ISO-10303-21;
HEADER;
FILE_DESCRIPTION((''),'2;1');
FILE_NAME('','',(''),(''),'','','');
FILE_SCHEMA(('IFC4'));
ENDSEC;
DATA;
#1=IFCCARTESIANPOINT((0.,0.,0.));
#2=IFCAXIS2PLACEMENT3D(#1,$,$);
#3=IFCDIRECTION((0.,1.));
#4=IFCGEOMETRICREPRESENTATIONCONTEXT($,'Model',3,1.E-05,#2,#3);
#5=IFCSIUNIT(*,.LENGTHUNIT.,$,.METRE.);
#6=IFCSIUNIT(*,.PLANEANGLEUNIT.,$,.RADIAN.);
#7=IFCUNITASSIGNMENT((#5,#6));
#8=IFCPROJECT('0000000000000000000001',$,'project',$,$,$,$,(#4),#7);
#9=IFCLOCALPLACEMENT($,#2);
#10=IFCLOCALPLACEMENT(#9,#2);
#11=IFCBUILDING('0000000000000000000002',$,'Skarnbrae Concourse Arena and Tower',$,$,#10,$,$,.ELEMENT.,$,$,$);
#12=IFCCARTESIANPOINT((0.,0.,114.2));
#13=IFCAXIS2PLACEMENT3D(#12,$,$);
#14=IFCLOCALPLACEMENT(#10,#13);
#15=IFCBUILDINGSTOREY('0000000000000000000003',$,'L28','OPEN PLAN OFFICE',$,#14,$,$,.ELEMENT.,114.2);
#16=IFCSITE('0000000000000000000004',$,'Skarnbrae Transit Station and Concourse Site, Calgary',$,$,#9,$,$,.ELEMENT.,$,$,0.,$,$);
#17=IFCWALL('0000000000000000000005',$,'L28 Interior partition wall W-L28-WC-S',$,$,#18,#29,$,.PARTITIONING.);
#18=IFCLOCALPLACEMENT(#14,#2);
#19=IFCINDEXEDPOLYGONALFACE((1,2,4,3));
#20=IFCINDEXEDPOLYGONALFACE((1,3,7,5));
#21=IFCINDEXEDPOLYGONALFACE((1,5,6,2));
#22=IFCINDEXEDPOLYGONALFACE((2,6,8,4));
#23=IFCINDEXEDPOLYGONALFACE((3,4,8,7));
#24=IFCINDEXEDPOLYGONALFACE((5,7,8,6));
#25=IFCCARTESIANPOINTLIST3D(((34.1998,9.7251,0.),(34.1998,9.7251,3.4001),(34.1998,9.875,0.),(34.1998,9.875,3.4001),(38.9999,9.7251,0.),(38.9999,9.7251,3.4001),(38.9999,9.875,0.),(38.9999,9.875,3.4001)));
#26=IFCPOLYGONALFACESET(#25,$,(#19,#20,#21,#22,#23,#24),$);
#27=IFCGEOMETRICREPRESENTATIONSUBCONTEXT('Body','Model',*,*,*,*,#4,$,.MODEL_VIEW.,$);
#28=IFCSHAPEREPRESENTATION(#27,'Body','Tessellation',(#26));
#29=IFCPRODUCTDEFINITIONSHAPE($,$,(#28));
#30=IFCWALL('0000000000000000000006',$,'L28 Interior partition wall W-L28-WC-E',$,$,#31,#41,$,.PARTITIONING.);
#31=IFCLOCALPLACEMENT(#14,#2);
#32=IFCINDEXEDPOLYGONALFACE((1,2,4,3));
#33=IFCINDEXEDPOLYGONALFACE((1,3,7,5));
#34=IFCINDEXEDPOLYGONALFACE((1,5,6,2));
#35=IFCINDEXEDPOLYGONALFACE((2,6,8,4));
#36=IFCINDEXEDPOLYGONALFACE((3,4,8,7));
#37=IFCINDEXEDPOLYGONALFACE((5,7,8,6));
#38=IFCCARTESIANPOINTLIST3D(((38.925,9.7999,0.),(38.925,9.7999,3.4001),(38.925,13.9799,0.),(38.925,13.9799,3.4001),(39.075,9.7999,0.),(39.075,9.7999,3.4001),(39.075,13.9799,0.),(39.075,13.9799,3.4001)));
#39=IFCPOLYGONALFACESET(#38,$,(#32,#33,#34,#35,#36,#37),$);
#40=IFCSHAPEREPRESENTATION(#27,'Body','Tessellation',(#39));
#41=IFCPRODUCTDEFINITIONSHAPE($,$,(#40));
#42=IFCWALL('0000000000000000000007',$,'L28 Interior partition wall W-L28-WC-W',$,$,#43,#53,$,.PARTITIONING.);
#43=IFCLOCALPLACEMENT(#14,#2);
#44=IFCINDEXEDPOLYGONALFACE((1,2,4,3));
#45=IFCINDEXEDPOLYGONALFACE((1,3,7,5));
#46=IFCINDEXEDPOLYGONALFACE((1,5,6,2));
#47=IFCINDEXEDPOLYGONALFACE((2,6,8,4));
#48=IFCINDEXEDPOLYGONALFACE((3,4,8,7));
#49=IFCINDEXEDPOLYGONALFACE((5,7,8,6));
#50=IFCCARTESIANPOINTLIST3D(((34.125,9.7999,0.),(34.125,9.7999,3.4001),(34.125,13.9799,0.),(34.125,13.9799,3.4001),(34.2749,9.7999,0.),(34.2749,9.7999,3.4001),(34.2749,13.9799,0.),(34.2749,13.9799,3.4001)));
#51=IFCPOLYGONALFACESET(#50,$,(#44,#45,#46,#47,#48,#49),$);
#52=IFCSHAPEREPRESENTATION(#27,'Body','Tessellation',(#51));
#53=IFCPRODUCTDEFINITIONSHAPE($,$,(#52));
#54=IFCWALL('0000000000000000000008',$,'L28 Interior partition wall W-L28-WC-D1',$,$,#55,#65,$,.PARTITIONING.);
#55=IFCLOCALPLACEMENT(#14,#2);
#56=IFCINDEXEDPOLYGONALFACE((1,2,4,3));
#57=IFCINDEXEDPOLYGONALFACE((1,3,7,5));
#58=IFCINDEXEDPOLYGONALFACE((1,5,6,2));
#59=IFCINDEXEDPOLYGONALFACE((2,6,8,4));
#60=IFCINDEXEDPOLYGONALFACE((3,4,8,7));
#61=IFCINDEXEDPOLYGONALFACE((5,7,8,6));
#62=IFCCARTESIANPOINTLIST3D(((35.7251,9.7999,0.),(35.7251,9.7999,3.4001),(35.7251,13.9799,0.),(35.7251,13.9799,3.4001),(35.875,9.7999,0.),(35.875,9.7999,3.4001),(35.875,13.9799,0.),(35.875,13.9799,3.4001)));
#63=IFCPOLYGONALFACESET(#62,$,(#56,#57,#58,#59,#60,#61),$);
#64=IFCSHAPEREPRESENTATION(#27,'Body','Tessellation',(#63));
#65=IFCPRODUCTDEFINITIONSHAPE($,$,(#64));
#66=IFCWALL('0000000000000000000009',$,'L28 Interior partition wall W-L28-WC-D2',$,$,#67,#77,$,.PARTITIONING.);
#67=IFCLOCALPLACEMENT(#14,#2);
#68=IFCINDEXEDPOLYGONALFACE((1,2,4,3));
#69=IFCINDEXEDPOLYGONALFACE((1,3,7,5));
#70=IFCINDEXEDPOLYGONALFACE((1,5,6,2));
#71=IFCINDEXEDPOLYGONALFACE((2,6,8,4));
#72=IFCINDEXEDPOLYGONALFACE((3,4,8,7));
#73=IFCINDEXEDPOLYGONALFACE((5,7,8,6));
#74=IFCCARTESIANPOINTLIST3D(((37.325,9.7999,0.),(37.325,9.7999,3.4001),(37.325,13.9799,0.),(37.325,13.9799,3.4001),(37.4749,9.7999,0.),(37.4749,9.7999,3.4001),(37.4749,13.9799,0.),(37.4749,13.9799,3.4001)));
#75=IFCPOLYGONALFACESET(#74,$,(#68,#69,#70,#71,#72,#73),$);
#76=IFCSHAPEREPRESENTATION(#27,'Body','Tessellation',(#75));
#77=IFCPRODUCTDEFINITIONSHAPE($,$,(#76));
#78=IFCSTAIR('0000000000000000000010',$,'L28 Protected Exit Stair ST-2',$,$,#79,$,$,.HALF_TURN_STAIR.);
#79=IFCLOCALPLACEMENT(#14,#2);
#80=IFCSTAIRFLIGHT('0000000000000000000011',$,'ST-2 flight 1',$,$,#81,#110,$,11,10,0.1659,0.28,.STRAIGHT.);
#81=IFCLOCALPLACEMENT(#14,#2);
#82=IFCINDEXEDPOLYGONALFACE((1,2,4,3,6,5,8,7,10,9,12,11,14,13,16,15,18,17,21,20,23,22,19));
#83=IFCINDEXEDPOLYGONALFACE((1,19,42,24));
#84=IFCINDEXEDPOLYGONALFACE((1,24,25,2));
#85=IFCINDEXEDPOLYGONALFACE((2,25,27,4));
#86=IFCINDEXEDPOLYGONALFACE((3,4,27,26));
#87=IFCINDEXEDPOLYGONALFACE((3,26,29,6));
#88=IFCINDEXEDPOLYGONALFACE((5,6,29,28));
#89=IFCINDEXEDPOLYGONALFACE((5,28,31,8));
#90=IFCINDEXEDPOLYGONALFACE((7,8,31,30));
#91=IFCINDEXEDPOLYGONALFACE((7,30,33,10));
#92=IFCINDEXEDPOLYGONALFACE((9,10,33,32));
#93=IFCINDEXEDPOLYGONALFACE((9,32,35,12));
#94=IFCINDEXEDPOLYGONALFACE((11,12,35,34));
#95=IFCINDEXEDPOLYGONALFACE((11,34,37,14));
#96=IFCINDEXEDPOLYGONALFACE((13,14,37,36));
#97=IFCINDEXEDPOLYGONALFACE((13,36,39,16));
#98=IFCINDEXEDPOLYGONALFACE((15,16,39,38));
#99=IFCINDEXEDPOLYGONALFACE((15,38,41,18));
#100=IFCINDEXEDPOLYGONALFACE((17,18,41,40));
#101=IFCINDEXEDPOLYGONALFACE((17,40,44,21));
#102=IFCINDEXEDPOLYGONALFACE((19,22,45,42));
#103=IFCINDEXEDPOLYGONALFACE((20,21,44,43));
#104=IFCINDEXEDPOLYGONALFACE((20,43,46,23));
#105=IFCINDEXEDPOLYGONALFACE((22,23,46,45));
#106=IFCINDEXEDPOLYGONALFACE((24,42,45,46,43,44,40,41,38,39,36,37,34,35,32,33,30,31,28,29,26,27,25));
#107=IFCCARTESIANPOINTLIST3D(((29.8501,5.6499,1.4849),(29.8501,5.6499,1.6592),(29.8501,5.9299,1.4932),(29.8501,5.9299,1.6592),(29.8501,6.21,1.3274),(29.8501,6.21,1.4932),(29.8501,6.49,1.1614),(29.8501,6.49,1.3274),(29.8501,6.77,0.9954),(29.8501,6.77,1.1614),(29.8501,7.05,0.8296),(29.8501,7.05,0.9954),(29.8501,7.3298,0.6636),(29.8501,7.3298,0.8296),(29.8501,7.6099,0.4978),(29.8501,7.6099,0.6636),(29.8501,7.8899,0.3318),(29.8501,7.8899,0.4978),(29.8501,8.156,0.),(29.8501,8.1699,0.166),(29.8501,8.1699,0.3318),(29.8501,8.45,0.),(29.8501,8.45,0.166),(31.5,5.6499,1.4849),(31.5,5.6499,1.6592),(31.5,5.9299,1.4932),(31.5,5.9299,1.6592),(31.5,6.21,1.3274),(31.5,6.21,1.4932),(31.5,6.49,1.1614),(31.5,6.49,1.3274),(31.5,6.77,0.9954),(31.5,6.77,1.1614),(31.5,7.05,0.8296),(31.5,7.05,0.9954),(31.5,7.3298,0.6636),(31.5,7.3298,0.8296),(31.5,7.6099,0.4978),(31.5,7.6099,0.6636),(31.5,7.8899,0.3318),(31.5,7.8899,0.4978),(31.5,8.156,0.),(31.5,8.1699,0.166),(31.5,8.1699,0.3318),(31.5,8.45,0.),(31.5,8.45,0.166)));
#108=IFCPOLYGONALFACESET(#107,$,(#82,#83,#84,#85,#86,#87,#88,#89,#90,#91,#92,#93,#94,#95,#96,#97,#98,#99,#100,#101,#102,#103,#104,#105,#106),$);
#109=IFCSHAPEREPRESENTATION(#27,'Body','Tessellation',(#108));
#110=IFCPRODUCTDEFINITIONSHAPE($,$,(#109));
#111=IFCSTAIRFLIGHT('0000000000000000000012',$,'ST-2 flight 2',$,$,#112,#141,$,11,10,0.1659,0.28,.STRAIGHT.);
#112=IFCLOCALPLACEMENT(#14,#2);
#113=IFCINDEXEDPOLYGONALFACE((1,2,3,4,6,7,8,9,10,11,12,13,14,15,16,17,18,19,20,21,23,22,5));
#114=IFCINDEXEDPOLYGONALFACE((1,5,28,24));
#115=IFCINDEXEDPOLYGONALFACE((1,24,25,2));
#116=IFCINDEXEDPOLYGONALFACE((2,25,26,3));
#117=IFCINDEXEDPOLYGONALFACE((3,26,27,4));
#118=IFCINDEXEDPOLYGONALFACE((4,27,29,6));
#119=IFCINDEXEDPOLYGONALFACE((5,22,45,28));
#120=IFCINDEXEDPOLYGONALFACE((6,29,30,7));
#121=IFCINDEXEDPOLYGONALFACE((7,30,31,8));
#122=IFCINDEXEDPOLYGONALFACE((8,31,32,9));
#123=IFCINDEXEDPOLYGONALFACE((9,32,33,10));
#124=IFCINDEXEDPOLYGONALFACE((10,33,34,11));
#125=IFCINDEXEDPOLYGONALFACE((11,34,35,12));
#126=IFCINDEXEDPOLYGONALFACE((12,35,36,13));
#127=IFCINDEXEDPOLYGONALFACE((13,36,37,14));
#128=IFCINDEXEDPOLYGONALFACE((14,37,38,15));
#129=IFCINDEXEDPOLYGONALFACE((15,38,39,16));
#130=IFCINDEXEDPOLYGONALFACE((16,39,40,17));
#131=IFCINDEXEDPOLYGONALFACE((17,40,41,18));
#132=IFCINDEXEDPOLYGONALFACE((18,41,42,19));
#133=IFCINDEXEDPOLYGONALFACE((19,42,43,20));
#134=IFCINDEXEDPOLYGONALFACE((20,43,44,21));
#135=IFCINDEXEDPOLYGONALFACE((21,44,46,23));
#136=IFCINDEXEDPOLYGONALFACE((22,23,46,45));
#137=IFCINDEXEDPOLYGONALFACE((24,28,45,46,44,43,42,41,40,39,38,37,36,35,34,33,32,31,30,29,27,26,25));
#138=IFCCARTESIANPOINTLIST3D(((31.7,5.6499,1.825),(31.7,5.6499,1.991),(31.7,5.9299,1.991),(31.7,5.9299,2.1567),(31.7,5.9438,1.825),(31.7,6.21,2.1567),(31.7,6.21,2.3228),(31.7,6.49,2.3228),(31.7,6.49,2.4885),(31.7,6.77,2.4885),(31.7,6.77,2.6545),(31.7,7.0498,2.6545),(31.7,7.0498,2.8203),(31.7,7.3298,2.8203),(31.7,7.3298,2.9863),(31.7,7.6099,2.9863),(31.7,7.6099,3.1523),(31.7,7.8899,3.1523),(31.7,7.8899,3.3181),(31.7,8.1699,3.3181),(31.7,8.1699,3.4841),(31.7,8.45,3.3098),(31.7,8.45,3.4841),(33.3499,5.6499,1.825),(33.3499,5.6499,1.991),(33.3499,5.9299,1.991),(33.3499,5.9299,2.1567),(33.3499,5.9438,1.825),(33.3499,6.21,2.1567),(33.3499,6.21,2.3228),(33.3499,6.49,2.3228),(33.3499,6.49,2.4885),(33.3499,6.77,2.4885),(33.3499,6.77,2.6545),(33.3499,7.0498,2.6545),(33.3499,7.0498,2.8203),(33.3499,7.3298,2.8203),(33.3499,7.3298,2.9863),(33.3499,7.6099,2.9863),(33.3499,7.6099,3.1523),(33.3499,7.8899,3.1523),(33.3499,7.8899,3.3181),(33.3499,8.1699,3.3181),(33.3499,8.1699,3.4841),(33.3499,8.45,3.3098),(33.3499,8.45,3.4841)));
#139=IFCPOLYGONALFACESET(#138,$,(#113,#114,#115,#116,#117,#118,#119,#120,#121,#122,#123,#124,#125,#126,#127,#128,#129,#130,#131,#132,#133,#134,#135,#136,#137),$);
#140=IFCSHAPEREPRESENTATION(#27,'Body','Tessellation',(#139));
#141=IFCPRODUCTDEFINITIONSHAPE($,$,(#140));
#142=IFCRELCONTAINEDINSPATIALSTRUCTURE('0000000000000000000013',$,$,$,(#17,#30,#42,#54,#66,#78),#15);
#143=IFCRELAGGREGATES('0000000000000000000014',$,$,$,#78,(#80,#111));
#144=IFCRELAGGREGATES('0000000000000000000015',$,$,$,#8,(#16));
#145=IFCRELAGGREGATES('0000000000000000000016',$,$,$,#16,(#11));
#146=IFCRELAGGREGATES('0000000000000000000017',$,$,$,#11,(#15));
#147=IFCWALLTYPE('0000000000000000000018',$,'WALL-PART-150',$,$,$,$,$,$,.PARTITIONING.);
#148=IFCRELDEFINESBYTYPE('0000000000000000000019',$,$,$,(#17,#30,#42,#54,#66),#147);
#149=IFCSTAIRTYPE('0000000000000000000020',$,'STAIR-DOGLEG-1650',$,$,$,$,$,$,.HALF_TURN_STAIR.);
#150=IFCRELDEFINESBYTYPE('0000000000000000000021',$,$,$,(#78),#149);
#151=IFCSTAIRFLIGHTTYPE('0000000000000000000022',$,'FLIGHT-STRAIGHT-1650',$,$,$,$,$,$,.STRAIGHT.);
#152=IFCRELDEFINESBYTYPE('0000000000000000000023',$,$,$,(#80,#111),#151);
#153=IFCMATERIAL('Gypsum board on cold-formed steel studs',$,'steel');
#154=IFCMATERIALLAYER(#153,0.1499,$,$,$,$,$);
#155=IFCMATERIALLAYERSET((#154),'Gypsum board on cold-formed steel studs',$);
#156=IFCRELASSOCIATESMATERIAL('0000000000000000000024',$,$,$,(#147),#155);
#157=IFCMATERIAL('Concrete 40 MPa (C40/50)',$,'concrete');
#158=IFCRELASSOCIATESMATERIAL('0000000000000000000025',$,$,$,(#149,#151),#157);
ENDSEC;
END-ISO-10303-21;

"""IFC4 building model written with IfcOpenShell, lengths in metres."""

from ifc_helpers import new_model, si_unit, direction, frame, frame_2d, origin, place, context, subcontext, project, spatial, polyline, rectangle, outline, extrude, source, transform, mapped, material, layer, layer_set, type_object, element, aggregate, save


model = new_model("IFC4")

# Units and contexts
model_context = context("Model", 3, precision=1e-05, world=origin(), true_north=direction((0.0, 1.0)))
body_context = subcontext(model_context, "Body", "Model", "MODEL_VIEW")
ifc_project = project(units=[si_unit("LENGTHUNIT", "METRE"), si_unit("PLANEANGLEUNIT", "RADIAN")], contexts=[model_context])

# Site, building, storey
site_placement = place(None, origin())
site = spatial("IfcSite", under=ifc_project, at=site_placement, Name="Skarnbrae Transit Station and Concourse Site, Calgary", CompositionType="ELEMENT", RefElevation=0.0)
building_placement = place(site_placement, origin())
building = spatial("IfcBuilding", under=site, at=building_placement, Name="Skarnbrae Concourse Arena and Tower", CompositionType="ELEMENT")
storey_placement = place(building_placement, frame((0.0, 0.0, 114.2)))
storey = spatial("IfcBuildingStorey", under=building, at=storey_placement, Name="L28", Description="OPEN PLAN OFFICE", CompositionType="ELEMENT", Elevation=114.2)

# Shared definitions
ifc_material_1 = material(Name="Gypsum board on cold-formed steel studs", Category="steel")

# Shared definitions
ifc_layer_1 = layer(ifc_material_1, 0.1499)
ifc_layer_set_1 = layer_set([ifc_layer_1], Name="Gypsum board on cold-formed steel studs")
wall_type_1 = type_object("IfcWallType", Name="WALL-PART-150", PredefinedType="PARTITIONING", material=ifc_layer_set_1)

# Walls
shared_shape_1 = source(origin(), body_context, "Body", "SweptSolid", [
    extrude(rectangle(XDim=4.8, YDim=0.1499, at=frame_2d((2.3999, 0.0))), origin(), (0.0, 0.0, 1.0), 3.4001),
])
wall_1_placement = place(storey_placement, frame((34.2, 9.8, 0.0), z_axis=(0.0, 0.0, 1.0), x_axis=(1.0, 0.0, 0.0)))
element("IfcWall", 1, at=wall_1_placement, inside=storey, type_object=wall_type_1, Name="L28 Interior partition wall W-L28-WC-S", PredefinedType="PARTITIONING", context=body_context, shape_type="MappedRepresentation", body=[
    mapped(shared_shape_1, transform((0.0, 0.0, 0.0))),
])
shared_shape_2 = source(origin(), body_context, "Body", "SweptSolid", [
    extrude(rectangle(XDim=4.1799, YDim=0.1499, at=frame_2d((2.0898, 0.0))), origin(), (0.0, 0.0, 1.0), 3.4001),
])
for number, where, z_axis, x_axis, name in (
    (2, (39.0, 9.8, 0.0), (0.0, 0.0, 1.0), (0.0, 1.0, 0.0), "L28 Interior partition wall W-L28-WC-E"),
    (3, (34.2, 9.8, 0.0), (0.0, 0.0, 1.0), (0.0, 1.0, 0.0), "L28 Interior partition wall W-L28-WC-W"),
    (4, (35.8, 9.8, 0.0), (0.0, 0.0, 1.0), (0.0, 1.0, 0.0), "L28 Interior partition wall W-L28-WC-D1"),
    (5, (37.3999, 9.8, 0.0), (0.0, 0.0, 1.0), (0.0, 1.0, 0.0), "L28 Interior partition wall W-L28-WC-D2"),
):
    element("IfcWall", number, at=place(storey_placement, frame(where, z_axis=z_axis, x_axis=x_axis)), inside=storey, type_object=wall_type_1, Name=name, PredefinedType="PARTITIONING", context=body_context, shape_type="MappedRepresentation", body=[
        mapped(shared_shape_2, transform((0.0, 0.0, 0.0))),
    ])

# Stair, stair flights
ifc_material_2 = material(Name="Concrete 40 MPa (C40/50)", Category="concrete")
stair_type = type_object("IfcStairType", Name="STAIR-DOGLEG-1650", PredefinedType="HALF_TURN_STAIR", material=ifc_material_2)
stair_placement = place(storey_placement, origin())
stair = element("IfcStair", 6, at=stair_placement, inside=storey, type_object=stair_type, Name="L28 Protected Exit Stair ST-2", PredefinedType="HALF_TURN_STAIR")
stair_flight_type = type_object("IfcStairFlightType", Name="FLIGHT-STRAIGHT-1650", PredefinedType="STRAIGHT", material=ifc_material_2)
shared_shape_3 = source(origin(), body_context, "Body", "SweptSolid", [
    extrude(outline(polyline([(0.0, 0.0), (0.0, 0.166), (0.28, 0.166), (0.28, 0.3318), (0.5601, 0.3318), (0.5601, 0.4978), (0.8401, 0.4978), (0.8401, 0.6636), (1.1201, 0.6636), (1.1201, 0.8296), (1.3999, 0.8296), (1.3999, 0.9954), (1.6799, 0.9954), (1.6799, 1.1614), (1.96, 1.1614), (1.96, 1.3274), (2.24, 1.3274), (2.24, 1.4932), (2.52, 1.4932), (2.52, 1.6592), (2.8, 1.6592), (2.8, 1.825), (2.8, 1.4849), (0.2939, 0.0), (0.0, 0.0)])), frame((0.0, 0.825, 0.0), z_axis=(0.0, -1.0, 0.0), x_axis=(1.0, 0.0, 0.0)), (0.0, 0.0, 1.0), 1.6499),
])
stair_flight_1_placement = place(storey_placement, frame((30.675, 8.45, 0.0), z_axis=(0.0, 0.0, 1.0), x_axis=(0.0, -1.0, 0.0)))
stair_flight_1 = element("IfcStairFlight", 7, at=stair_flight_1_placement, type_object=stair_flight_type, Name="ST-2 flight 1", NumberOfRisers=11, NumberOfTreads=10, PredefinedType="STRAIGHT", RiserHeight=0.1659, TreadLength=0.28, context=body_context, shape_type="MappedRepresentation", body=[
    mapped(shared_shape_3, transform((0.0, 0.0, 0.0))),
])
stair_flight_2_placement = place(storey_placement, frame((32.5249, 5.6499, 1.825), z_axis=(0.0, 0.0, 1.0), x_axis=(0.0, 1.0, 0.0)))
stair_flight_2 = element("IfcStairFlight", 8, at=stair_flight_2_placement, type_object=stair_flight_type, Name="ST-2 flight 2", NumberOfRisers=11, NumberOfTreads=10, PredefinedType="STRAIGHT", RiserHeight=0.1659, TreadLength=0.28, context=body_context, shape_type="MappedRepresentation", body=[
    mapped(shared_shape_3, transform((0.0, 0.0, 0.0))),
])
aggregate(stair, [stair_flight_1, stair_flight_2])

save(model, "model.ifc")
